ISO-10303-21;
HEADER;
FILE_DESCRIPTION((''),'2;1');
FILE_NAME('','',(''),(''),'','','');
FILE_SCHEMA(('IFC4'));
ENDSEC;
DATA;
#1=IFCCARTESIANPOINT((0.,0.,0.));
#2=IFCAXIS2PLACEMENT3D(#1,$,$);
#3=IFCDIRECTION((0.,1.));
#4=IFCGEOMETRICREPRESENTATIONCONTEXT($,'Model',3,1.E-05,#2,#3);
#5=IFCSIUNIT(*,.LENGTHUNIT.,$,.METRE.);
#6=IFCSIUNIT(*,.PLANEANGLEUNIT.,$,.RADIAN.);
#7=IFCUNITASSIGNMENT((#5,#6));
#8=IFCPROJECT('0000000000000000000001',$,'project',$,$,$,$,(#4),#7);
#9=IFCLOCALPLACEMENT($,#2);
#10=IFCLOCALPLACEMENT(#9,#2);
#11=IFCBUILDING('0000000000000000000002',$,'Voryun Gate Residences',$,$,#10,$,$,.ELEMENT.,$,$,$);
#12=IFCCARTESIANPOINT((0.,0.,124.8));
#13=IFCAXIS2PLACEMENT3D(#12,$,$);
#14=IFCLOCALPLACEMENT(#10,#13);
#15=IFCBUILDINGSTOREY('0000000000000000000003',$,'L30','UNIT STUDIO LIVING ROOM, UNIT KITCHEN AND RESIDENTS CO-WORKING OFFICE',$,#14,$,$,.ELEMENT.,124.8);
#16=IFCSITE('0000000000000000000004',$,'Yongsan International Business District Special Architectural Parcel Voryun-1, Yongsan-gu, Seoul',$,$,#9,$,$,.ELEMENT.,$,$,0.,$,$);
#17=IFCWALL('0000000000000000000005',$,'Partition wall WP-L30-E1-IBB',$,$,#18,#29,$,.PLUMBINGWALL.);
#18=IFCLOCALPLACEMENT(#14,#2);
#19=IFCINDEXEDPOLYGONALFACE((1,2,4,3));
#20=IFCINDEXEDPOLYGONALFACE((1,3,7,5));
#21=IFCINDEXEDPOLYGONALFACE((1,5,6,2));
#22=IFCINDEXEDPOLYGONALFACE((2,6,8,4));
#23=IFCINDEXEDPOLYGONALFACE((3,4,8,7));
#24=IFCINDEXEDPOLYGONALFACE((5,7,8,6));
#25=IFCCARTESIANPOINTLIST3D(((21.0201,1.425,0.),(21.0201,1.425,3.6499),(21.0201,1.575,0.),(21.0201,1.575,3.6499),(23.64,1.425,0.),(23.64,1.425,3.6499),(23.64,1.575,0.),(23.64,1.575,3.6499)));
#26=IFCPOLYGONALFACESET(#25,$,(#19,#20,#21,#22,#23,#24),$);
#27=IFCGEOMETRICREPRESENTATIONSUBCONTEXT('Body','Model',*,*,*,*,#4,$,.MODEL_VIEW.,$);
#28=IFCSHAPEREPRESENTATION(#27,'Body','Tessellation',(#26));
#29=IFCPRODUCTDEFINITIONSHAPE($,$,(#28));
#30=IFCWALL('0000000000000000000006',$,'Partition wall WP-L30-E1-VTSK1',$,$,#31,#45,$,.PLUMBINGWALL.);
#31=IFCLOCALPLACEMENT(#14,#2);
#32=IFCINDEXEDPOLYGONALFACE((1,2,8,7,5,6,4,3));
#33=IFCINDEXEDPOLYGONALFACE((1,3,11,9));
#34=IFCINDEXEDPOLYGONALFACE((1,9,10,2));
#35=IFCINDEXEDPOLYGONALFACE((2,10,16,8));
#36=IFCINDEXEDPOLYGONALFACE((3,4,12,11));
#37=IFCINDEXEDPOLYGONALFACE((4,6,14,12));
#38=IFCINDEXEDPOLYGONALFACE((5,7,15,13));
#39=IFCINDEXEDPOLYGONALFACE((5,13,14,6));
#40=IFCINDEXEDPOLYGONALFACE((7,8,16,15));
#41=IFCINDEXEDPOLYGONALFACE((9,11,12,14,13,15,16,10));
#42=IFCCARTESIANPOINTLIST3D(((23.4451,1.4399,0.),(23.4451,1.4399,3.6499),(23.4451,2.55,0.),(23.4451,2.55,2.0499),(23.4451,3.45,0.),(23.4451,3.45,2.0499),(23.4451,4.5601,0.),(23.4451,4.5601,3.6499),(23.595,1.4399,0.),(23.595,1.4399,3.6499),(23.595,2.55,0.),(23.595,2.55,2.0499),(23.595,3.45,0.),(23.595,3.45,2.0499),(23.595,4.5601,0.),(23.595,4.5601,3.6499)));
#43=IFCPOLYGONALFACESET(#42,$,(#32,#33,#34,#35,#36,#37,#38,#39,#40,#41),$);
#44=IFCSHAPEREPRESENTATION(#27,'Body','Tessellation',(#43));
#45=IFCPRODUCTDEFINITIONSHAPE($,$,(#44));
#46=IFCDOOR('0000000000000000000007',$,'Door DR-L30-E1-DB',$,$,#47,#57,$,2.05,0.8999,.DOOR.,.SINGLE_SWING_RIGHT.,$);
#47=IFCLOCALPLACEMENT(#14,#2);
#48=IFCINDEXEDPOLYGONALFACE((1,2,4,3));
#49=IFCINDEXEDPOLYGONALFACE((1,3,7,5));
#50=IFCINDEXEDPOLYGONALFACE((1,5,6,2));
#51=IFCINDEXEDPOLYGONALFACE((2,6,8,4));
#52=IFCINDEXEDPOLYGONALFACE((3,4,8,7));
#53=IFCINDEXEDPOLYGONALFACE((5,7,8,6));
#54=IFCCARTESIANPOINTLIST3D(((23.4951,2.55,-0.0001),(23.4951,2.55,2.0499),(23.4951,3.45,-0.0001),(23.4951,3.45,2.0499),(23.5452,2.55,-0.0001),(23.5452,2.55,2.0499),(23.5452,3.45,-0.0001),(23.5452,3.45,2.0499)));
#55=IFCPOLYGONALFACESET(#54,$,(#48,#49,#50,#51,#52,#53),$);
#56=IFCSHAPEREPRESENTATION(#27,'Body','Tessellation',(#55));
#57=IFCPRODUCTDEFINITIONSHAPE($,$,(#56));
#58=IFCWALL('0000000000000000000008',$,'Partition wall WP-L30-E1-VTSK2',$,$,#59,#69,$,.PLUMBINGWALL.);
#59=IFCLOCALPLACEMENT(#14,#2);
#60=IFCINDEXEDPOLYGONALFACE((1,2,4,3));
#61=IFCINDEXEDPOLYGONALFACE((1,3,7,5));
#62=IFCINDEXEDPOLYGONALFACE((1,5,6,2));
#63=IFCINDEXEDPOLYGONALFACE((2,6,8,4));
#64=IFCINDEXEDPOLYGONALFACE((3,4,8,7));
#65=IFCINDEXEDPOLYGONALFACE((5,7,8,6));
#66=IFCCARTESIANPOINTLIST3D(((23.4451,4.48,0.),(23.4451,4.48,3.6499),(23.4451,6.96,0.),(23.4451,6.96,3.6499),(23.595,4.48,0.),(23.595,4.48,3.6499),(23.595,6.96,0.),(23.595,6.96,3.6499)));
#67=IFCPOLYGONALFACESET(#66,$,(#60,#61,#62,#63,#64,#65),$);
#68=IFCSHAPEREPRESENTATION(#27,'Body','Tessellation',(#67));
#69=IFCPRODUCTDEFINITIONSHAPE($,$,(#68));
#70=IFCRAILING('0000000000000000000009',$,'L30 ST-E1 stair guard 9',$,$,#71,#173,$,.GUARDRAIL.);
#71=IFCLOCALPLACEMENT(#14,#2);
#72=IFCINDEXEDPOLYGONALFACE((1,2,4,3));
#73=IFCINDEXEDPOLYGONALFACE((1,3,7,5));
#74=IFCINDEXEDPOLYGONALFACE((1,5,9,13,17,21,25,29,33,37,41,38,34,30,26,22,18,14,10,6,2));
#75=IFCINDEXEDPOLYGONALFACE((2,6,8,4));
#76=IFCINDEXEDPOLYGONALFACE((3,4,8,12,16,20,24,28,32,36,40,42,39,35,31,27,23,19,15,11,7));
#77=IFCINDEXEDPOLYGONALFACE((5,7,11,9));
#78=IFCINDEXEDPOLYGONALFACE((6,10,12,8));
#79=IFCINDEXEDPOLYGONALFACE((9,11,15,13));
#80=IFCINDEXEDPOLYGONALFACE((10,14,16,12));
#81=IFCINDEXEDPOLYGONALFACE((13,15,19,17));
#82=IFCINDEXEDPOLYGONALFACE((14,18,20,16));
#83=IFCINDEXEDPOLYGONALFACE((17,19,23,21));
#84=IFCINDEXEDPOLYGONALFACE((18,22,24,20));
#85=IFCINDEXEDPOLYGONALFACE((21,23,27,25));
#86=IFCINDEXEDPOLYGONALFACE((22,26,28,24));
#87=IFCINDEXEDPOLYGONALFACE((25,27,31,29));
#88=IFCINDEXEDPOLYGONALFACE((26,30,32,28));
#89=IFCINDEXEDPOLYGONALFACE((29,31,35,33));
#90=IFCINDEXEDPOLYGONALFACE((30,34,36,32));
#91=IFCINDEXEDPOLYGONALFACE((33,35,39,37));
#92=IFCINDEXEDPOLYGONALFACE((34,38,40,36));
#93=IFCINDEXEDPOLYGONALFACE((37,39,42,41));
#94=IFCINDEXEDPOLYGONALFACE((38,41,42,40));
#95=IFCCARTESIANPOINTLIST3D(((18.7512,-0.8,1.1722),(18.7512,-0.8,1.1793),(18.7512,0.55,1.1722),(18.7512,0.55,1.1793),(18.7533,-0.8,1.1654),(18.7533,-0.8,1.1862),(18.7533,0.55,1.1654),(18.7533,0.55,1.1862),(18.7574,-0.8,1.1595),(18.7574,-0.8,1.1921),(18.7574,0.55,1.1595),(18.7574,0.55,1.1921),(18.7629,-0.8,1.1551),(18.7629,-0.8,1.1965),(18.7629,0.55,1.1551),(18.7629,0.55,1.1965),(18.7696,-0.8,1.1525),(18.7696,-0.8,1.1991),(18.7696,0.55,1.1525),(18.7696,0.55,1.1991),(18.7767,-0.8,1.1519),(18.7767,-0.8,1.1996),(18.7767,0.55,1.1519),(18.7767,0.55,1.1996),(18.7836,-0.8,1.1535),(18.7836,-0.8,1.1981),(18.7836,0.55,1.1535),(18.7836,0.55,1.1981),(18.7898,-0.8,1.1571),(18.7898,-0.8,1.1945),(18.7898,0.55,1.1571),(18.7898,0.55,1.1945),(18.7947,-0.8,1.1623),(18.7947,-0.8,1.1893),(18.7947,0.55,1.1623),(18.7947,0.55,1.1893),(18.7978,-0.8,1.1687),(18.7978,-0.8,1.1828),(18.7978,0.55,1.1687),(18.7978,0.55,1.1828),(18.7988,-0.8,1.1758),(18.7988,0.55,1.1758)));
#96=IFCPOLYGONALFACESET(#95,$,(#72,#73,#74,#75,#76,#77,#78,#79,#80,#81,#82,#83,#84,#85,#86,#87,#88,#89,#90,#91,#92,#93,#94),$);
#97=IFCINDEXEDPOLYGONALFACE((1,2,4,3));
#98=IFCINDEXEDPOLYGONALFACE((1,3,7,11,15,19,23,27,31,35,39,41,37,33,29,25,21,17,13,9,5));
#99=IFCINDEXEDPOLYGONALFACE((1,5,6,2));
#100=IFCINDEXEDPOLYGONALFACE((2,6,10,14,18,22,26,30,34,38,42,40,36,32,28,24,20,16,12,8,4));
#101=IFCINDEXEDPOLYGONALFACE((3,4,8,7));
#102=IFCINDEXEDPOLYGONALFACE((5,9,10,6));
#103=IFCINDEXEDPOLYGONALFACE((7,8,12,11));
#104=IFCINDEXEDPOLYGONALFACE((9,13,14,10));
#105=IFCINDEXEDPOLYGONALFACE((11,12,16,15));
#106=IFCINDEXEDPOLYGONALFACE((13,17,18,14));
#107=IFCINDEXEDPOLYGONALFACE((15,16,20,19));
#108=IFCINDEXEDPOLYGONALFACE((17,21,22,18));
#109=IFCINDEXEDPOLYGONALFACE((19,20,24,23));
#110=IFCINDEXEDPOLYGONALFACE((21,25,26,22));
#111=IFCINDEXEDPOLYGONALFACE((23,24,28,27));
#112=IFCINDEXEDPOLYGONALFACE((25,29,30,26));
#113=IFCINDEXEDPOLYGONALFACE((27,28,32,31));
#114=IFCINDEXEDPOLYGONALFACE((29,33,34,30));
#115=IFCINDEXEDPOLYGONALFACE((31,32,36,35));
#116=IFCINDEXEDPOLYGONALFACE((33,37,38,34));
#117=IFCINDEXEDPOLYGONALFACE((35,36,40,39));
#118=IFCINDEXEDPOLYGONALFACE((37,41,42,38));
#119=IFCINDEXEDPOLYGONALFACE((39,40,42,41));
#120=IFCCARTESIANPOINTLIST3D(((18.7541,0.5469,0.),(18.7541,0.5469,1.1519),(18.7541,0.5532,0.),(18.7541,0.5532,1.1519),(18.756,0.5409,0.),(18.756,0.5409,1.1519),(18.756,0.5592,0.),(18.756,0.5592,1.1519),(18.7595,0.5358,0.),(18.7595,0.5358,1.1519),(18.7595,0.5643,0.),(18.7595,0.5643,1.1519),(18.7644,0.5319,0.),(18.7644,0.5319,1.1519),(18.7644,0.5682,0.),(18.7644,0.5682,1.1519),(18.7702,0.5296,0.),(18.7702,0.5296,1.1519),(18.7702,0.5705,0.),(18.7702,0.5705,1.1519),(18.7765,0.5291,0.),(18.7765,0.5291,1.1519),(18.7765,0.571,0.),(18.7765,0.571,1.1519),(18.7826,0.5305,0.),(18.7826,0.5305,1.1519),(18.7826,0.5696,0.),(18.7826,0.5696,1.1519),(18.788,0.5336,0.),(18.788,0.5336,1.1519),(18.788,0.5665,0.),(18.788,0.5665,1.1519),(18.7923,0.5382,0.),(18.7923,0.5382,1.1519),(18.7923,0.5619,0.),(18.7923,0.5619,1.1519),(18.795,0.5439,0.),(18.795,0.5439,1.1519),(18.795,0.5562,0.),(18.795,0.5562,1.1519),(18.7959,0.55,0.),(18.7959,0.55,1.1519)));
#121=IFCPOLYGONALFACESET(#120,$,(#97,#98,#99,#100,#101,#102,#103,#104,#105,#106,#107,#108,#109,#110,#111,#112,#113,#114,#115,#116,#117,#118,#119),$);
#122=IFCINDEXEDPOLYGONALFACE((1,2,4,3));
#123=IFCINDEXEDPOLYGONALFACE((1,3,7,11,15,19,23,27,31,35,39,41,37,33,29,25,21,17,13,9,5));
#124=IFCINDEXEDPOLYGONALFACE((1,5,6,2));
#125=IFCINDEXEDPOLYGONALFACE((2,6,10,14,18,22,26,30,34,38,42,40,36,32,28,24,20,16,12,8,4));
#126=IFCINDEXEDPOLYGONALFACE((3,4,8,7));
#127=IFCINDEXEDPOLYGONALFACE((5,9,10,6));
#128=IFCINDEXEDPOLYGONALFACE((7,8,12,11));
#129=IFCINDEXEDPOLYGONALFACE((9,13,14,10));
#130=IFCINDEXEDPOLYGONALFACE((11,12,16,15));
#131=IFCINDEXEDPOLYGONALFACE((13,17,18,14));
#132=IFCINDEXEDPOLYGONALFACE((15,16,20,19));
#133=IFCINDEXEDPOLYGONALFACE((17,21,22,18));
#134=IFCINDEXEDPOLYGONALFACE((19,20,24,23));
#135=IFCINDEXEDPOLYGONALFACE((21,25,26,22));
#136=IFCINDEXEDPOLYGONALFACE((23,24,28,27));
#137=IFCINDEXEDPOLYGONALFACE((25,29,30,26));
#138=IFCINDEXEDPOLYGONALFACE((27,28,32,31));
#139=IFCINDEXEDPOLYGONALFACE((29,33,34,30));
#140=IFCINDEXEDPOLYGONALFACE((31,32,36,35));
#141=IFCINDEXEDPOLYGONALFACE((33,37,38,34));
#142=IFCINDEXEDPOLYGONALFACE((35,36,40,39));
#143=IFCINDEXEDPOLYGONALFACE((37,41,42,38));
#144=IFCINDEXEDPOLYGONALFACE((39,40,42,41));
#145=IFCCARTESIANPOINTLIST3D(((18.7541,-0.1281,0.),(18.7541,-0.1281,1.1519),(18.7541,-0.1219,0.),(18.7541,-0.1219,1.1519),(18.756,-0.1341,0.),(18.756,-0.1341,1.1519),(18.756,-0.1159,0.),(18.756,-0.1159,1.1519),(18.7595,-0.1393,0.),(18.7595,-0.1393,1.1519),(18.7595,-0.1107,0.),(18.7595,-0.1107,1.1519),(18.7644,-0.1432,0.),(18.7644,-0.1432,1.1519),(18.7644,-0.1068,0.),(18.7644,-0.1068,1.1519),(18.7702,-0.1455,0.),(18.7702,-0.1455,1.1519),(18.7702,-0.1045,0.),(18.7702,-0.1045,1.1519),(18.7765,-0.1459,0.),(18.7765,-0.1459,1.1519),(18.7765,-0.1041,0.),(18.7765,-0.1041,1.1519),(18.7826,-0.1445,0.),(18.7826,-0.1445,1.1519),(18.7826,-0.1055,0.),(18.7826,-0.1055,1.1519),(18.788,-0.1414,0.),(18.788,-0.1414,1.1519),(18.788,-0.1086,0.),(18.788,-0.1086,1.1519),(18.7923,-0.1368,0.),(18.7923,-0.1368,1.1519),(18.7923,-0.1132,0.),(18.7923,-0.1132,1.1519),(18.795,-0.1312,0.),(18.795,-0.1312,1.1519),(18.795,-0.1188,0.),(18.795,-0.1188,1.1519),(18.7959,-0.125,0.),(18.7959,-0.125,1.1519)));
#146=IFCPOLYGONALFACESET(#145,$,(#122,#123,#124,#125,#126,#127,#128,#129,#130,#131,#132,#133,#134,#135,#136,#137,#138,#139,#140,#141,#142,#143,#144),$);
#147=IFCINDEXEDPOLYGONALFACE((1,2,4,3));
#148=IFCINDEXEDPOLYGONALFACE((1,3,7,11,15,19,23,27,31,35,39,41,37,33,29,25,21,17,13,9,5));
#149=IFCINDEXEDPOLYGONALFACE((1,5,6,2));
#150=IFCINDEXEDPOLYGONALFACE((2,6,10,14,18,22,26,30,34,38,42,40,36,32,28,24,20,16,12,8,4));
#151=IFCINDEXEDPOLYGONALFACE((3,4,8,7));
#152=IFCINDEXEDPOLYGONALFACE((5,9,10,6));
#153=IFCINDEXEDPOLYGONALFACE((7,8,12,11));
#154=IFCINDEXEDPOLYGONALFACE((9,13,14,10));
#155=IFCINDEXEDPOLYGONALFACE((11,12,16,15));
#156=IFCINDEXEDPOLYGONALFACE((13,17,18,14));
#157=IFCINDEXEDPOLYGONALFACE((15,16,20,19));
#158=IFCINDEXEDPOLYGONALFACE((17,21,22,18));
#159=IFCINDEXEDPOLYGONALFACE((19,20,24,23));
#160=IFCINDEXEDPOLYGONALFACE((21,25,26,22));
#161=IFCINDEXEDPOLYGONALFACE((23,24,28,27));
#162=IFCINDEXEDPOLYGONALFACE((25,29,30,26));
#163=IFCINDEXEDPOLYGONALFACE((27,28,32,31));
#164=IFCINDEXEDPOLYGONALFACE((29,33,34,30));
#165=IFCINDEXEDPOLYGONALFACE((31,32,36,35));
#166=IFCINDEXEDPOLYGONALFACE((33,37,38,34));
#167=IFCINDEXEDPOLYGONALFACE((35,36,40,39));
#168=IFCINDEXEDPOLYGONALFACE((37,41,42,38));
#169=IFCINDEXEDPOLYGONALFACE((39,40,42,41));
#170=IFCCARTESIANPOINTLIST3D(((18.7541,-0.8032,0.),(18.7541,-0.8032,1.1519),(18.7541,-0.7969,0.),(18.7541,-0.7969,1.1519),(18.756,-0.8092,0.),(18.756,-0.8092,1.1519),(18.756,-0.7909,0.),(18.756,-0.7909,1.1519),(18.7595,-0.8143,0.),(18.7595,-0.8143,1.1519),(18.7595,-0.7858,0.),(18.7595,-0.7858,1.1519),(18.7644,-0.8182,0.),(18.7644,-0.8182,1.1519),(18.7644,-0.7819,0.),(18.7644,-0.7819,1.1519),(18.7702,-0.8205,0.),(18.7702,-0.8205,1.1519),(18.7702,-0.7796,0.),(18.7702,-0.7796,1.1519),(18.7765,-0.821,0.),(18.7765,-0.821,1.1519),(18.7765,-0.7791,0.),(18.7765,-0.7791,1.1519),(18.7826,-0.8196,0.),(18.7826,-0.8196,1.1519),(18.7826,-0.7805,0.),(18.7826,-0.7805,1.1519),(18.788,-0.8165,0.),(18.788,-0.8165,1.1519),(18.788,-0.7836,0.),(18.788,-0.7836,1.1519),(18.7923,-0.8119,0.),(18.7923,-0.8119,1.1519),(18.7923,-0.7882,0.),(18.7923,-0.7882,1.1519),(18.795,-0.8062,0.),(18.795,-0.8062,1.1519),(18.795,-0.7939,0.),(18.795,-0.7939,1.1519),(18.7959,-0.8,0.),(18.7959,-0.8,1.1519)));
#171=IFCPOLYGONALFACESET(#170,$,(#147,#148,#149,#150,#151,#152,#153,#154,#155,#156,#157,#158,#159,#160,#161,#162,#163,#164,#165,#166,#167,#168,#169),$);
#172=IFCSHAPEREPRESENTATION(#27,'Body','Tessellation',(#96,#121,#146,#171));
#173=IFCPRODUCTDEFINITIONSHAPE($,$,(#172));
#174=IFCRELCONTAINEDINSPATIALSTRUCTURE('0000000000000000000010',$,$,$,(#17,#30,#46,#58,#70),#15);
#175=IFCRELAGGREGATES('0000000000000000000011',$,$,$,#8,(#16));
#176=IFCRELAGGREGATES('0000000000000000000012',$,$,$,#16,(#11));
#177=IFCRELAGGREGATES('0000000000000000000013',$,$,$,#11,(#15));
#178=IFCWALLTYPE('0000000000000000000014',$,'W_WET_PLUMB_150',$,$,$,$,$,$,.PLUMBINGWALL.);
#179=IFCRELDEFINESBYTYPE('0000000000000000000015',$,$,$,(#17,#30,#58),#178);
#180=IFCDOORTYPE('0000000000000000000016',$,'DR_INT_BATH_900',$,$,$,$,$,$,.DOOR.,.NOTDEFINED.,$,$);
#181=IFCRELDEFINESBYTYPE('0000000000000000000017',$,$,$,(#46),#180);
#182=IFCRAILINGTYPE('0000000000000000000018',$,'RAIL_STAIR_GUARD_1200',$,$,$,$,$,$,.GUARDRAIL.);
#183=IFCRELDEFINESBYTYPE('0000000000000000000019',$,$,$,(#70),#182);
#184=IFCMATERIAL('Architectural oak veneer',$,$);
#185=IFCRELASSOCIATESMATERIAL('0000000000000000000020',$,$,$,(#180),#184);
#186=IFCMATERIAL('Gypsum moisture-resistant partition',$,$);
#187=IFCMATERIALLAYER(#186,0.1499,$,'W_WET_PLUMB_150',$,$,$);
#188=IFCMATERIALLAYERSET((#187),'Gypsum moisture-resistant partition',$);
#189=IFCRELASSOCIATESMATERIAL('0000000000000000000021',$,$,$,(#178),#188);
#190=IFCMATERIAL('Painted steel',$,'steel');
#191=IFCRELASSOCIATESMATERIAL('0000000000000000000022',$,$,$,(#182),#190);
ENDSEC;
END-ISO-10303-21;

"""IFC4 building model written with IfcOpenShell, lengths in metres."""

from ifc_helpers import new_model, si_unit, direction, frame, frame_2d, origin, origin_2d, place, context, subcontext, project, spatial, rectangle, circle, extrude, material, layer, layer_set, type_object, element, fill, save


model = new_model("IFC4")

# Units and contexts
model_context = context("Model", 3, precision=1e-05, world=origin(), true_north=direction((0.0, 1.0)))
body_context = subcontext(model_context, "Body", "Model", "MODEL_VIEW")
ifc_project = project(units=[si_unit("LENGTHUNIT", "METRE"), si_unit("PLANEANGLEUNIT", "RADIAN")], contexts=[model_context])

# Site, building, storey
site_placement = place(None, origin())
site = spatial("IfcSite", under=ifc_project, at=site_placement, Name="Yongsan International Business District Special Architectural Parcel Voryun-1, Yongsan-gu, Seoul", CompositionType="ELEMENT", RefElevation=0.0)
building_placement = place(site_placement, origin())
building = spatial("IfcBuilding", under=site, at=building_placement, Name="Voryun Gate Residences", CompositionType="ELEMENT")
storey_placement = place(building_placement, frame((0.0, 0.0, 124.8)))
storey = spatial("IfcBuildingStorey", under=building, at=storey_placement, Name="L30", Description="UNIT STUDIO LIVING ROOM, UNIT KITCHEN AND RESIDENTS CO-WORKING OFFICE", CompositionType="ELEMENT", Elevation=124.8)

# Shared definitions
ifc_material_1 = material(Name="Architectural oak veneer")
door_type_1 = type_object("IfcDoorType", Name="DR_INT_BATH_900", OperationType="NOTDEFINED", PredefinedType="DOOR", material=ifc_material_1)
ifc_material_2 = material(Name="Gypsum moisture-resistant partition")
ifc_layer_1 = layer(ifc_material_2, 0.1499, Name="W_WET_PLUMB_150")
ifc_layer_set_1 = layer_set([ifc_layer_1], Name="Gypsum moisture-resistant partition")
wall_type_1 = type_object("IfcWallType", Name="W_WET_PLUMB_150", PredefinedType="PLUMBINGWALL", material=ifc_layer_set_1)

# Wall
for number, where, z_axis, x_axis, name in (
    (1, (21.02, 1.5, 0.0), (0.0, 0.0, 1.0), (1.0, 0.0, 0.0), "Partition wall WP-L30-E1-IBB"),
):
    element("IfcWall", number, at=place(storey_placement, frame(where, z_axis=z_axis, x_axis=x_axis)), inside=storey, type_object=wall_type_1, Name=name, PredefinedType="PLUMBINGWALL", context=body_context, shape_type="SweptSolid", body=[
        extrude(rectangle(XDim=2.6199, YDim=0.1499, at=frame_2d((1.3101, 0.0))), origin(), (0.0, 0.0, 1.0), 3.6499),
    ])

# Wall, opening, door
wall_1_placement = place(storey_placement, frame((23.52, 1.4399, 0.0), z_axis=(0.0, 0.0, 1.0), x_axis=(0.0, 1.0, 0.0)))
wall_1 = element("IfcWall", 2, at=wall_1_placement, inside=storey, type_object=wall_type_1, Name="Partition wall WP-L30-E1-VTSK1", PredefinedType="PLUMBINGWALL", context=body_context, shape_type="SweptSolid", body=[
    extrude(rectangle(XDim=3.1201, YDim=0.1499, at=frame_2d((1.5601, 0.0))), origin(), (0.0, 0.0, 1.0), 3.6499),
])
opening_1_placement = place(wall_1_placement, frame((1.1101, 0.0, 0.0)))
opening_1 = element("IfcOpeningElement", 3, at=opening_1_placement, cuts=wall_1, PredefinedType="OPENING", context=body_context, shape_type="SweptSolid", body=[
    extrude(rectangle(XDim=0.8999, YDim=2.05, at=frame_2d((0.45, 1.0249))), frame((0.0, 0.085, 0.0), z_axis=(0.0, -1.0, 0.0), x_axis=(1.0, 0.0, 0.0)), (0.0, 0.0, 1.0), 0.1699),
])
door_1_placement = place(opening_1_placement, origin())
door_1 = element("IfcDoor", 4, at=door_1_placement, inside=storey, type_object=door_type_1, Name="Door DR-L30-E1-DB", OperationType="SINGLE_SWING_RIGHT", OverallHeight=2.05, OverallWidth=0.8999, PredefinedType="DOOR", context=body_context, shape_type="SweptSolid", body=[
    extrude(rectangle(XDim=0.8999, YDim=2.05, at=frame_2d((0.45, 1.0249))), frame((0.0, 0.0249, 0.0), z_axis=(0.0, -1.0, 0.0), x_axis=(1.0, 0.0, 0.0)), (0.0, 0.0, 1.0), 0.05),
])
fill(opening_1, door_1)

# Wall
wall_2_placement = place(storey_placement, frame((23.52, 4.48, 0.0), z_axis=(0.0, 0.0, 1.0), x_axis=(0.0, 1.0, 0.0)))
element("IfcWall", 5, at=wall_2_placement, inside=storey, type_object=wall_type_1, Name="Partition wall WP-L30-E1-VTSK2", PredefinedType="PLUMBINGWALL", context=body_context, shape_type="SweptSolid", body=[
    extrude(rectangle(XDim=2.48, YDim=0.1499, at=frame_2d((1.24, 0.0))), origin(), (0.0, 0.0, 1.0), 3.6499),
])

# Railing
ifc_material_3 = material(Name="Painted steel", Category="steel")
railing_type = type_object("IfcRailingType", Name="RAIL_STAIR_GUARD_1200", PredefinedType="GUARDRAIL", material=ifc_material_3)
railing_placement = place(storey_placement, frame((18.7749, 0.55, 0.0)))
element("IfcRailing", 6, at=railing_placement, inside=storey, type_object=railing_type, Name="L30 ST-E1 stair guard 9", PredefinedType="GUARDRAIL", context=body_context, shape_type="SweptSolid", body=[
    extrude(circle(Radius=0.0239, at=origin_2d()), frame((0.0, 0.0, 1.1758), z_axis=(0.0, -1.0, 0.0), x_axis=(1.0, 0.0, 0.0)), (0.0, 0.0, 1.0), 1.3501),
    extrude(circle(Radius=0.021, at=origin_2d()), origin(), (0.0, 0.0, 1.0), 1.1519),
    extrude(circle(Radius=0.021, at=origin_2d()), frame((0.0, -0.675, 0.0)), (0.0, 0.0, 1.0), 1.1519),
    extrude(circle(Radius=0.021, at=origin_2d()), frame((0.0, -1.3501, 0.0)), (0.0, 0.0, 1.0), 1.1519),
])

save(model, "model.ifc")
